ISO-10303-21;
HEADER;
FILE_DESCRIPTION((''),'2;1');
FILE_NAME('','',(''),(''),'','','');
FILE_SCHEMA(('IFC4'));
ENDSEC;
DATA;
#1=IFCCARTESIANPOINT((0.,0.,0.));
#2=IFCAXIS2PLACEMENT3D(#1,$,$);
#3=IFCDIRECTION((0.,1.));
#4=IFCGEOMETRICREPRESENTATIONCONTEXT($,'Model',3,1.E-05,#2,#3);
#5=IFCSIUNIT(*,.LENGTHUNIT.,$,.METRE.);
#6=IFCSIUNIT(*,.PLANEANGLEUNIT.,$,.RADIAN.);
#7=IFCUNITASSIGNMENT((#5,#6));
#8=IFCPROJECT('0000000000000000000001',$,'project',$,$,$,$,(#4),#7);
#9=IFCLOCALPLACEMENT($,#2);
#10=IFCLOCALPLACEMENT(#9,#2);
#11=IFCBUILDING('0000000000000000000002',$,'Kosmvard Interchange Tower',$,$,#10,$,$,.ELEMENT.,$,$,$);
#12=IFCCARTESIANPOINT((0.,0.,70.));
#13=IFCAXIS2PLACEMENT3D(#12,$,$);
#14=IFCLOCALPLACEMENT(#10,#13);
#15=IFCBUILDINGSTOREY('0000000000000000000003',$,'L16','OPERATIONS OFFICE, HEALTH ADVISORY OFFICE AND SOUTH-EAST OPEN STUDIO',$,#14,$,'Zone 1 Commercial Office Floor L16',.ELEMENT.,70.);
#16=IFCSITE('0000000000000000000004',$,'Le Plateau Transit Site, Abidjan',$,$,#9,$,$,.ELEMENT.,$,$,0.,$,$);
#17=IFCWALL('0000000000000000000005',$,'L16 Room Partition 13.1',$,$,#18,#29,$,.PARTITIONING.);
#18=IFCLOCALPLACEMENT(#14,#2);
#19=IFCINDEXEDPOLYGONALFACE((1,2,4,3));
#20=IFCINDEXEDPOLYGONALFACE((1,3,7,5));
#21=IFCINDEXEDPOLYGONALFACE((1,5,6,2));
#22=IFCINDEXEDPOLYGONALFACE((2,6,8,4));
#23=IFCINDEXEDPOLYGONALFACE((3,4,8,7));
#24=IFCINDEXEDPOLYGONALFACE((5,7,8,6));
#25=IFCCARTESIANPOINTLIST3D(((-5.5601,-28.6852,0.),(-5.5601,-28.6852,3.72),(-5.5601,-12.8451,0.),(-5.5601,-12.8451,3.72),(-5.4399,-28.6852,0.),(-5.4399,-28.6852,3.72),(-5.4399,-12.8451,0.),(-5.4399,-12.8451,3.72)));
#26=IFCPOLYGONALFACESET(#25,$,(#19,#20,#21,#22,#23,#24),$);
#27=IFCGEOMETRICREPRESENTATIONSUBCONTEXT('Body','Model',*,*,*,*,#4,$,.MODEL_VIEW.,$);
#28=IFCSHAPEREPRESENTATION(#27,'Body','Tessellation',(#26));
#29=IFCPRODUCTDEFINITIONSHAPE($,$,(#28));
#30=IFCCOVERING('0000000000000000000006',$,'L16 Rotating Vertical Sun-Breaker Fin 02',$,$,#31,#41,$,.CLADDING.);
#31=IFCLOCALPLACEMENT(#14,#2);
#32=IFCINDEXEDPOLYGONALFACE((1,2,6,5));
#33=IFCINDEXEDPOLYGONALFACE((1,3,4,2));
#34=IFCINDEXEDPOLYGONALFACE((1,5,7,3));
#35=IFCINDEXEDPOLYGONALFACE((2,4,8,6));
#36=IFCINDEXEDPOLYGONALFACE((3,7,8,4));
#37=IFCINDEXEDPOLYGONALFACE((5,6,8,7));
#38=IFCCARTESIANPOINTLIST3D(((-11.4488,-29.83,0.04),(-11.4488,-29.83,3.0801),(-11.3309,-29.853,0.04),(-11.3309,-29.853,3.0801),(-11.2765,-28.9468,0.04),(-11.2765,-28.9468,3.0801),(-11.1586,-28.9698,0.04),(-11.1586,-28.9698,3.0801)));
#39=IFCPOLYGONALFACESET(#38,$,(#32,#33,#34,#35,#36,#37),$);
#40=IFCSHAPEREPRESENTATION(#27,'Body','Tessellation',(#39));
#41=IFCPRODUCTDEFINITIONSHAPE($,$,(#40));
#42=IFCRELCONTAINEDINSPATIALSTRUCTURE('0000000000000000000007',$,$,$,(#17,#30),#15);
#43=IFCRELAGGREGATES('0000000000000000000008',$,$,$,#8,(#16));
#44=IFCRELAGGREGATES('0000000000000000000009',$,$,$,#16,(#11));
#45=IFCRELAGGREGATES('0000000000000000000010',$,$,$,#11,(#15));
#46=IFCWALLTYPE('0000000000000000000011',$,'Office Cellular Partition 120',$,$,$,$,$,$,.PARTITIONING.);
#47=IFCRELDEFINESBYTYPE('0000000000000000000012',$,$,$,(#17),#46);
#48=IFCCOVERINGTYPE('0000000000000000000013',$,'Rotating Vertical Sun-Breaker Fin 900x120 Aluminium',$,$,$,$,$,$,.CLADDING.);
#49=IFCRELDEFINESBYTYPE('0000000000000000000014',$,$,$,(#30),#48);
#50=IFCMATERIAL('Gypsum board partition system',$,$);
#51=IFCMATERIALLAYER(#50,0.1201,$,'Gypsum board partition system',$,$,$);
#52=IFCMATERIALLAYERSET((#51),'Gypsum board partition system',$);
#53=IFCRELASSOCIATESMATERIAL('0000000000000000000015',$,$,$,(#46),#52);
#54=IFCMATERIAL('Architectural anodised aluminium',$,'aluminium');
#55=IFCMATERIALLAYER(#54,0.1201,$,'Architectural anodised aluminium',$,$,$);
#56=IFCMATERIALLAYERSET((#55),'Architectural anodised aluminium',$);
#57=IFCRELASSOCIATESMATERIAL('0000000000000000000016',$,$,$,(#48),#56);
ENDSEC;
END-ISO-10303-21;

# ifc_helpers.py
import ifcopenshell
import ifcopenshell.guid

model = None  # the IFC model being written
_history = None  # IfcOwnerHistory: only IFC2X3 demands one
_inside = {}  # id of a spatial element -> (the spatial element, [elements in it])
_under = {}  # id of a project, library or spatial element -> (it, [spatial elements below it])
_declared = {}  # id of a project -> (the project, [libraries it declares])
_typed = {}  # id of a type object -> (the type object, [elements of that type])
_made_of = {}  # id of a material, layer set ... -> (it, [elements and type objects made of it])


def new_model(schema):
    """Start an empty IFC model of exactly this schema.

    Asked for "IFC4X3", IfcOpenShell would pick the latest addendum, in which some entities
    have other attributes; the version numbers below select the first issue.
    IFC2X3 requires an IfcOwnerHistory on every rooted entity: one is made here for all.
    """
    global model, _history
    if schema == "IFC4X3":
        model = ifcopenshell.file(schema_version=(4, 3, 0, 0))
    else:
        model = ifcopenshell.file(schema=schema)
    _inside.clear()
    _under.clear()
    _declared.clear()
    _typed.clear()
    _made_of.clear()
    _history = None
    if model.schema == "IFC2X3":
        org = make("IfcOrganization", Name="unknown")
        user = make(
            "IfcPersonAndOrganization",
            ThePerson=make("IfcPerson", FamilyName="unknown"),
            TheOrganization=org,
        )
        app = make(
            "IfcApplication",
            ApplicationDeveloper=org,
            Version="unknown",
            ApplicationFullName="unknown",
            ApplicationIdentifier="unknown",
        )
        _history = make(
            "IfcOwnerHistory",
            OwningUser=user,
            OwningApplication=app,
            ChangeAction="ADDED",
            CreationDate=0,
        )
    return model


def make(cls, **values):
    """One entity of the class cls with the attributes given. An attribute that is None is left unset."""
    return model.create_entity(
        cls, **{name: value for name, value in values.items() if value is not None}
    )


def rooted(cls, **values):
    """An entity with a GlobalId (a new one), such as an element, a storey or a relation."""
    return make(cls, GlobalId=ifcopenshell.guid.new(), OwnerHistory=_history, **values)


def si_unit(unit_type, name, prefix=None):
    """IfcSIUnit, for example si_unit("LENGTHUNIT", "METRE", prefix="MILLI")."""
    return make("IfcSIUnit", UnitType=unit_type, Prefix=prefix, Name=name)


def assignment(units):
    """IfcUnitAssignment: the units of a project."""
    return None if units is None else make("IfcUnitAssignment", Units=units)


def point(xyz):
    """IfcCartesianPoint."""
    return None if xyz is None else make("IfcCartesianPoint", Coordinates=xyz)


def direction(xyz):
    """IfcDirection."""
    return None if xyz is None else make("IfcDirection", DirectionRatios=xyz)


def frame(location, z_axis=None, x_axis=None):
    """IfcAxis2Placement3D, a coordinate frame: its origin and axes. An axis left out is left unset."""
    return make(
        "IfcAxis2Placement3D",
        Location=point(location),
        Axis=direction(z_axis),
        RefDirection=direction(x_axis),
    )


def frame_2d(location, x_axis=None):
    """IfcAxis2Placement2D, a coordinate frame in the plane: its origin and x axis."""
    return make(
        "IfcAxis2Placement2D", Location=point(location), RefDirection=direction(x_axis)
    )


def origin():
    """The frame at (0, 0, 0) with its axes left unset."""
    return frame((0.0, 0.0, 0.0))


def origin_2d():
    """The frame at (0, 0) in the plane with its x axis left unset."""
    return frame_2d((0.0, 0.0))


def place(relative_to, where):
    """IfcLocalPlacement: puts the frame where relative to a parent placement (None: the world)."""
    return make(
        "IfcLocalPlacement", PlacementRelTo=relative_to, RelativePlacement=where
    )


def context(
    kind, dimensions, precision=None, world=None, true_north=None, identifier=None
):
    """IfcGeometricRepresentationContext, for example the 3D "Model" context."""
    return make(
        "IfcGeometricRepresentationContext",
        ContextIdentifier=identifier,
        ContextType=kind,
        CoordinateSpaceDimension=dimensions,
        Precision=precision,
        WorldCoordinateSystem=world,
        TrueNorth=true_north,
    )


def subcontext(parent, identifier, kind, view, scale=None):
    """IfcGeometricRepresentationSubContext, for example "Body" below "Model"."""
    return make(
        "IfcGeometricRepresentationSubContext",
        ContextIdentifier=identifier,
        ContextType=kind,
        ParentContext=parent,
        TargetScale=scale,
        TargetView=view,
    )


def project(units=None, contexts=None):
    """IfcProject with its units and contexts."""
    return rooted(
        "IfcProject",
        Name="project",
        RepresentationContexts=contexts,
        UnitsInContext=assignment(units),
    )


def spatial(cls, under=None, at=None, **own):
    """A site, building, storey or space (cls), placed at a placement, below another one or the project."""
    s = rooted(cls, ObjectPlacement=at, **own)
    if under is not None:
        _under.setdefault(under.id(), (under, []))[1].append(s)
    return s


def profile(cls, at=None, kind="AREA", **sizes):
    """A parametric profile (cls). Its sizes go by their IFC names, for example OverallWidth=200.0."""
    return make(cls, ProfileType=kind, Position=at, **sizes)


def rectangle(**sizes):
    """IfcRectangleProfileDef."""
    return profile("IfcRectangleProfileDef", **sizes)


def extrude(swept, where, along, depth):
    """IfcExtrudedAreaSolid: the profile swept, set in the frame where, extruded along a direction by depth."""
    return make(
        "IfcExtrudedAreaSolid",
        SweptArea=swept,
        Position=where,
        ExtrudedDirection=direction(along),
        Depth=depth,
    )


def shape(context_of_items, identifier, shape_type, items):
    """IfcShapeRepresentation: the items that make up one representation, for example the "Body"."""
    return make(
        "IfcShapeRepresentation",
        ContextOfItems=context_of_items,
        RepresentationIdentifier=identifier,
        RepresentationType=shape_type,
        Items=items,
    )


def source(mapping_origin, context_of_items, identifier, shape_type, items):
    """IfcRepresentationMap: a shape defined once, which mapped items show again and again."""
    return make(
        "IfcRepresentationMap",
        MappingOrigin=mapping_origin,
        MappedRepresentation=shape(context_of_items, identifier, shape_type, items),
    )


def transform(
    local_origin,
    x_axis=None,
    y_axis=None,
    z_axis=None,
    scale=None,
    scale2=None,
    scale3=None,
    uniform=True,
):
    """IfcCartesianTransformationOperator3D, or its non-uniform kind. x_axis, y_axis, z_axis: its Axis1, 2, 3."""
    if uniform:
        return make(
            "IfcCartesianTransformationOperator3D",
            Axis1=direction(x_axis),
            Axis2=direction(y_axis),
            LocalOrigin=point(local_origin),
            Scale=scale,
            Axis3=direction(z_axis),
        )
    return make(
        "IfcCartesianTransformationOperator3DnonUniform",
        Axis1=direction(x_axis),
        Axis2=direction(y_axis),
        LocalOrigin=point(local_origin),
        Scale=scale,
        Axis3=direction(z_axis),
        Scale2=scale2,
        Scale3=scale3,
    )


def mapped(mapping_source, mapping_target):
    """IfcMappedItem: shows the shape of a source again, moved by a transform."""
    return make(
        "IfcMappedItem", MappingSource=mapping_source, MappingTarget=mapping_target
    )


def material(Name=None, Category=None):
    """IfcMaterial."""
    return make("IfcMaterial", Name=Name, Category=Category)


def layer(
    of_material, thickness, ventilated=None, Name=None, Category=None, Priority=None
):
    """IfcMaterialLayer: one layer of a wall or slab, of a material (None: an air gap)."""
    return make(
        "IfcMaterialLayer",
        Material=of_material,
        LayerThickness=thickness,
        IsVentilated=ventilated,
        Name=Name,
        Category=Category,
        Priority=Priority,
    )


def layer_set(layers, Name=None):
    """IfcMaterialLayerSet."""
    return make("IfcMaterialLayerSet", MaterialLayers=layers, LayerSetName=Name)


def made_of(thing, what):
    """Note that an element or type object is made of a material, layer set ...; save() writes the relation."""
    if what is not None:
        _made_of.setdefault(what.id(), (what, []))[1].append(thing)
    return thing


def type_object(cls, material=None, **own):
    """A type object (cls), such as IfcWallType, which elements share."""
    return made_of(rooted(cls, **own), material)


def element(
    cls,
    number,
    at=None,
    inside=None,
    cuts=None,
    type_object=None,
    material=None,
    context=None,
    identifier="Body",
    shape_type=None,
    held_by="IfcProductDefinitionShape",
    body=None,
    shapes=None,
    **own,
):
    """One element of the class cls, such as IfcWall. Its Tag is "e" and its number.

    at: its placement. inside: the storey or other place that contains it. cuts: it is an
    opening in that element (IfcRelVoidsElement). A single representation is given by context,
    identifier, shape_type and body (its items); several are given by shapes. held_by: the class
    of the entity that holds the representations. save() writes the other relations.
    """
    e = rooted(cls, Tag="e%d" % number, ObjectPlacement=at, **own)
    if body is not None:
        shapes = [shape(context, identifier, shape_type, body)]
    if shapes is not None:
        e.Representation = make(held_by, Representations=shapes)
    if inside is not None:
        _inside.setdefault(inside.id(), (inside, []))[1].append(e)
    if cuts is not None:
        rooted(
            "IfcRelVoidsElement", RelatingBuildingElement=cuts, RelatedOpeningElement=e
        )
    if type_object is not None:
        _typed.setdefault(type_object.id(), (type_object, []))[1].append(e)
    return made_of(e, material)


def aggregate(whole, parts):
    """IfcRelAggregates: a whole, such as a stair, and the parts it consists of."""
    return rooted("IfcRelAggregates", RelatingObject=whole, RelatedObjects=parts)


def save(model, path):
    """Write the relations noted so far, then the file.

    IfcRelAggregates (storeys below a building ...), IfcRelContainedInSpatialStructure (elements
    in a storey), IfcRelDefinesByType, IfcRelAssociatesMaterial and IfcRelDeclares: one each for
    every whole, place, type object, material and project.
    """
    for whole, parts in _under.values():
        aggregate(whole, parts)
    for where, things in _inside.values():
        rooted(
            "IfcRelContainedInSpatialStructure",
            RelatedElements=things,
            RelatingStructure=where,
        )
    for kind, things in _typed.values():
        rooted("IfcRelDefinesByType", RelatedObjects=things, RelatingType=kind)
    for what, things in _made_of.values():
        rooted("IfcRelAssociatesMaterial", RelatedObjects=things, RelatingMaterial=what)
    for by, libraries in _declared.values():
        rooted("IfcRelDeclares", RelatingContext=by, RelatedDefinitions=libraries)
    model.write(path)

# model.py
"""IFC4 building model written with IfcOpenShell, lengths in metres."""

from ifc_helpers import new_model, si_unit, direction, frame, frame_2d, origin, origin_2d, place, context, subcontext, project, spatial, rectangle, extrude, source, transform, mapped, material, layer, layer_set, type_object, element, save


model = new_model("IFC4")

# Units and contexts
model_context = context("Model", 3, precision=1e-05, world=origin(), true_north=direction((0.0, 1.0)))
body_context = subcontext(model_context, "Body", "Model", "MODEL_VIEW")
ifc_project = project(units=[si_unit("LENGTHUNIT", "METRE"), si_unit("PLANEANGLEUNIT", "RADIAN")], contexts=[model_context])

# Site, building, storey
site_placement = place(None, origin())
site = spatial("IfcSite", under=ifc_project, at=site_placement, Name="Le Plateau Transit Site, Abidjan", CompositionType="ELEMENT", RefElevation=0.0)
building_placement = place(site_placement, origin())
building = spatial("IfcBuilding", under=site, at=building_placement, Name="Kosmvard Interchange Tower", CompositionType="ELEMENT")
storey_placement = place(building_placement, frame((0.0, 0.0, 70.0)))
storey = spatial("IfcBuildingStorey", under=building, at=storey_placement, Name="L16", Description="OPERATIONS OFFICE, HEALTH ADVISORY OFFICE AND SOUTH-EAST OPEN STUDIO", LongName="Zone 1 Commercial Office Floor L16", CompositionType="ELEMENT", Elevation=70.0)

# Wall
ifc_material_1 = material(Name="Gypsum board partition system")
ifc_layer_1 = layer(ifc_material_1, 0.1201, Name="Gypsum board partition system")
ifc_layer_set_1 = layer_set([ifc_layer_1], Name="Gypsum board partition system")
wall_type_1 = type_object("IfcWallType", Name="Office Cellular Partition 120", PredefinedType="PARTITIONING", material=ifc_layer_set_1)
wall_1_placement = place(storey_placement, frame((-5.5, -28.6851, 0.0), z_axis=(0.0, 0.0, 1.0), x_axis=(0.0, 1.0, 0.0)))
element("IfcWall", 1, at=wall_1_placement, inside=storey, type_object=wall_type_1, Name="L16 Room Partition 13.1", PredefinedType="PARTITIONING", context=body_context, shape_type="SweptSolid", body=[
    extrude(rectangle(XDim=15.8401, YDim=0.1201, at=frame_2d((7.9199, 0.0))), origin(), (0.0, 0.0, 1.0), 3.72),
])

# Covering
ifc_material_2 = material(Name="Architectural anodised aluminium", Category="aluminium")
ifc_layer_2 = layer(ifc_material_2, 0.1201, Name="Architectural anodised aluminium")
ifc_layer_set_2 = layer_set([ifc_layer_2], Name="Architectural anodised aluminium")
covering_type = type_object("IfcCoveringType", Name="Rotating Vertical Sun-Breaker Fin 900x120 Aluminium", PredefinedType="CLADDING", material=ifc_layer_set_2)
shared_shape_1 = source(origin(), body_context, "Body", "SweptSolid", [
    extrude(rectangle(XDim=0.8999, YDim=0.1201, at=origin_2d()), origin(), (0.0, 0.0, 1.0), 3.04),
])
covering_placement = place(storey_placement, frame((-11.3037, -29.3999, 0.04), z_axis=(0.0, 0.0, 1.0), x_axis=(-0.191494, -0.981494, 0.0)))
element("IfcCovering", 2, at=covering_placement, inside=storey, type_object=covering_type, Name="L16 Rotating Vertical Sun-Breaker Fin 02", PredefinedType="CLADDING", context=body_context, shape_type="MappedRepresentation", body=[
    mapped(shared_shape_1, transform((0.0, 0.0, 0.0), scale=1.0)),
])

save(model, "model.ifc")
